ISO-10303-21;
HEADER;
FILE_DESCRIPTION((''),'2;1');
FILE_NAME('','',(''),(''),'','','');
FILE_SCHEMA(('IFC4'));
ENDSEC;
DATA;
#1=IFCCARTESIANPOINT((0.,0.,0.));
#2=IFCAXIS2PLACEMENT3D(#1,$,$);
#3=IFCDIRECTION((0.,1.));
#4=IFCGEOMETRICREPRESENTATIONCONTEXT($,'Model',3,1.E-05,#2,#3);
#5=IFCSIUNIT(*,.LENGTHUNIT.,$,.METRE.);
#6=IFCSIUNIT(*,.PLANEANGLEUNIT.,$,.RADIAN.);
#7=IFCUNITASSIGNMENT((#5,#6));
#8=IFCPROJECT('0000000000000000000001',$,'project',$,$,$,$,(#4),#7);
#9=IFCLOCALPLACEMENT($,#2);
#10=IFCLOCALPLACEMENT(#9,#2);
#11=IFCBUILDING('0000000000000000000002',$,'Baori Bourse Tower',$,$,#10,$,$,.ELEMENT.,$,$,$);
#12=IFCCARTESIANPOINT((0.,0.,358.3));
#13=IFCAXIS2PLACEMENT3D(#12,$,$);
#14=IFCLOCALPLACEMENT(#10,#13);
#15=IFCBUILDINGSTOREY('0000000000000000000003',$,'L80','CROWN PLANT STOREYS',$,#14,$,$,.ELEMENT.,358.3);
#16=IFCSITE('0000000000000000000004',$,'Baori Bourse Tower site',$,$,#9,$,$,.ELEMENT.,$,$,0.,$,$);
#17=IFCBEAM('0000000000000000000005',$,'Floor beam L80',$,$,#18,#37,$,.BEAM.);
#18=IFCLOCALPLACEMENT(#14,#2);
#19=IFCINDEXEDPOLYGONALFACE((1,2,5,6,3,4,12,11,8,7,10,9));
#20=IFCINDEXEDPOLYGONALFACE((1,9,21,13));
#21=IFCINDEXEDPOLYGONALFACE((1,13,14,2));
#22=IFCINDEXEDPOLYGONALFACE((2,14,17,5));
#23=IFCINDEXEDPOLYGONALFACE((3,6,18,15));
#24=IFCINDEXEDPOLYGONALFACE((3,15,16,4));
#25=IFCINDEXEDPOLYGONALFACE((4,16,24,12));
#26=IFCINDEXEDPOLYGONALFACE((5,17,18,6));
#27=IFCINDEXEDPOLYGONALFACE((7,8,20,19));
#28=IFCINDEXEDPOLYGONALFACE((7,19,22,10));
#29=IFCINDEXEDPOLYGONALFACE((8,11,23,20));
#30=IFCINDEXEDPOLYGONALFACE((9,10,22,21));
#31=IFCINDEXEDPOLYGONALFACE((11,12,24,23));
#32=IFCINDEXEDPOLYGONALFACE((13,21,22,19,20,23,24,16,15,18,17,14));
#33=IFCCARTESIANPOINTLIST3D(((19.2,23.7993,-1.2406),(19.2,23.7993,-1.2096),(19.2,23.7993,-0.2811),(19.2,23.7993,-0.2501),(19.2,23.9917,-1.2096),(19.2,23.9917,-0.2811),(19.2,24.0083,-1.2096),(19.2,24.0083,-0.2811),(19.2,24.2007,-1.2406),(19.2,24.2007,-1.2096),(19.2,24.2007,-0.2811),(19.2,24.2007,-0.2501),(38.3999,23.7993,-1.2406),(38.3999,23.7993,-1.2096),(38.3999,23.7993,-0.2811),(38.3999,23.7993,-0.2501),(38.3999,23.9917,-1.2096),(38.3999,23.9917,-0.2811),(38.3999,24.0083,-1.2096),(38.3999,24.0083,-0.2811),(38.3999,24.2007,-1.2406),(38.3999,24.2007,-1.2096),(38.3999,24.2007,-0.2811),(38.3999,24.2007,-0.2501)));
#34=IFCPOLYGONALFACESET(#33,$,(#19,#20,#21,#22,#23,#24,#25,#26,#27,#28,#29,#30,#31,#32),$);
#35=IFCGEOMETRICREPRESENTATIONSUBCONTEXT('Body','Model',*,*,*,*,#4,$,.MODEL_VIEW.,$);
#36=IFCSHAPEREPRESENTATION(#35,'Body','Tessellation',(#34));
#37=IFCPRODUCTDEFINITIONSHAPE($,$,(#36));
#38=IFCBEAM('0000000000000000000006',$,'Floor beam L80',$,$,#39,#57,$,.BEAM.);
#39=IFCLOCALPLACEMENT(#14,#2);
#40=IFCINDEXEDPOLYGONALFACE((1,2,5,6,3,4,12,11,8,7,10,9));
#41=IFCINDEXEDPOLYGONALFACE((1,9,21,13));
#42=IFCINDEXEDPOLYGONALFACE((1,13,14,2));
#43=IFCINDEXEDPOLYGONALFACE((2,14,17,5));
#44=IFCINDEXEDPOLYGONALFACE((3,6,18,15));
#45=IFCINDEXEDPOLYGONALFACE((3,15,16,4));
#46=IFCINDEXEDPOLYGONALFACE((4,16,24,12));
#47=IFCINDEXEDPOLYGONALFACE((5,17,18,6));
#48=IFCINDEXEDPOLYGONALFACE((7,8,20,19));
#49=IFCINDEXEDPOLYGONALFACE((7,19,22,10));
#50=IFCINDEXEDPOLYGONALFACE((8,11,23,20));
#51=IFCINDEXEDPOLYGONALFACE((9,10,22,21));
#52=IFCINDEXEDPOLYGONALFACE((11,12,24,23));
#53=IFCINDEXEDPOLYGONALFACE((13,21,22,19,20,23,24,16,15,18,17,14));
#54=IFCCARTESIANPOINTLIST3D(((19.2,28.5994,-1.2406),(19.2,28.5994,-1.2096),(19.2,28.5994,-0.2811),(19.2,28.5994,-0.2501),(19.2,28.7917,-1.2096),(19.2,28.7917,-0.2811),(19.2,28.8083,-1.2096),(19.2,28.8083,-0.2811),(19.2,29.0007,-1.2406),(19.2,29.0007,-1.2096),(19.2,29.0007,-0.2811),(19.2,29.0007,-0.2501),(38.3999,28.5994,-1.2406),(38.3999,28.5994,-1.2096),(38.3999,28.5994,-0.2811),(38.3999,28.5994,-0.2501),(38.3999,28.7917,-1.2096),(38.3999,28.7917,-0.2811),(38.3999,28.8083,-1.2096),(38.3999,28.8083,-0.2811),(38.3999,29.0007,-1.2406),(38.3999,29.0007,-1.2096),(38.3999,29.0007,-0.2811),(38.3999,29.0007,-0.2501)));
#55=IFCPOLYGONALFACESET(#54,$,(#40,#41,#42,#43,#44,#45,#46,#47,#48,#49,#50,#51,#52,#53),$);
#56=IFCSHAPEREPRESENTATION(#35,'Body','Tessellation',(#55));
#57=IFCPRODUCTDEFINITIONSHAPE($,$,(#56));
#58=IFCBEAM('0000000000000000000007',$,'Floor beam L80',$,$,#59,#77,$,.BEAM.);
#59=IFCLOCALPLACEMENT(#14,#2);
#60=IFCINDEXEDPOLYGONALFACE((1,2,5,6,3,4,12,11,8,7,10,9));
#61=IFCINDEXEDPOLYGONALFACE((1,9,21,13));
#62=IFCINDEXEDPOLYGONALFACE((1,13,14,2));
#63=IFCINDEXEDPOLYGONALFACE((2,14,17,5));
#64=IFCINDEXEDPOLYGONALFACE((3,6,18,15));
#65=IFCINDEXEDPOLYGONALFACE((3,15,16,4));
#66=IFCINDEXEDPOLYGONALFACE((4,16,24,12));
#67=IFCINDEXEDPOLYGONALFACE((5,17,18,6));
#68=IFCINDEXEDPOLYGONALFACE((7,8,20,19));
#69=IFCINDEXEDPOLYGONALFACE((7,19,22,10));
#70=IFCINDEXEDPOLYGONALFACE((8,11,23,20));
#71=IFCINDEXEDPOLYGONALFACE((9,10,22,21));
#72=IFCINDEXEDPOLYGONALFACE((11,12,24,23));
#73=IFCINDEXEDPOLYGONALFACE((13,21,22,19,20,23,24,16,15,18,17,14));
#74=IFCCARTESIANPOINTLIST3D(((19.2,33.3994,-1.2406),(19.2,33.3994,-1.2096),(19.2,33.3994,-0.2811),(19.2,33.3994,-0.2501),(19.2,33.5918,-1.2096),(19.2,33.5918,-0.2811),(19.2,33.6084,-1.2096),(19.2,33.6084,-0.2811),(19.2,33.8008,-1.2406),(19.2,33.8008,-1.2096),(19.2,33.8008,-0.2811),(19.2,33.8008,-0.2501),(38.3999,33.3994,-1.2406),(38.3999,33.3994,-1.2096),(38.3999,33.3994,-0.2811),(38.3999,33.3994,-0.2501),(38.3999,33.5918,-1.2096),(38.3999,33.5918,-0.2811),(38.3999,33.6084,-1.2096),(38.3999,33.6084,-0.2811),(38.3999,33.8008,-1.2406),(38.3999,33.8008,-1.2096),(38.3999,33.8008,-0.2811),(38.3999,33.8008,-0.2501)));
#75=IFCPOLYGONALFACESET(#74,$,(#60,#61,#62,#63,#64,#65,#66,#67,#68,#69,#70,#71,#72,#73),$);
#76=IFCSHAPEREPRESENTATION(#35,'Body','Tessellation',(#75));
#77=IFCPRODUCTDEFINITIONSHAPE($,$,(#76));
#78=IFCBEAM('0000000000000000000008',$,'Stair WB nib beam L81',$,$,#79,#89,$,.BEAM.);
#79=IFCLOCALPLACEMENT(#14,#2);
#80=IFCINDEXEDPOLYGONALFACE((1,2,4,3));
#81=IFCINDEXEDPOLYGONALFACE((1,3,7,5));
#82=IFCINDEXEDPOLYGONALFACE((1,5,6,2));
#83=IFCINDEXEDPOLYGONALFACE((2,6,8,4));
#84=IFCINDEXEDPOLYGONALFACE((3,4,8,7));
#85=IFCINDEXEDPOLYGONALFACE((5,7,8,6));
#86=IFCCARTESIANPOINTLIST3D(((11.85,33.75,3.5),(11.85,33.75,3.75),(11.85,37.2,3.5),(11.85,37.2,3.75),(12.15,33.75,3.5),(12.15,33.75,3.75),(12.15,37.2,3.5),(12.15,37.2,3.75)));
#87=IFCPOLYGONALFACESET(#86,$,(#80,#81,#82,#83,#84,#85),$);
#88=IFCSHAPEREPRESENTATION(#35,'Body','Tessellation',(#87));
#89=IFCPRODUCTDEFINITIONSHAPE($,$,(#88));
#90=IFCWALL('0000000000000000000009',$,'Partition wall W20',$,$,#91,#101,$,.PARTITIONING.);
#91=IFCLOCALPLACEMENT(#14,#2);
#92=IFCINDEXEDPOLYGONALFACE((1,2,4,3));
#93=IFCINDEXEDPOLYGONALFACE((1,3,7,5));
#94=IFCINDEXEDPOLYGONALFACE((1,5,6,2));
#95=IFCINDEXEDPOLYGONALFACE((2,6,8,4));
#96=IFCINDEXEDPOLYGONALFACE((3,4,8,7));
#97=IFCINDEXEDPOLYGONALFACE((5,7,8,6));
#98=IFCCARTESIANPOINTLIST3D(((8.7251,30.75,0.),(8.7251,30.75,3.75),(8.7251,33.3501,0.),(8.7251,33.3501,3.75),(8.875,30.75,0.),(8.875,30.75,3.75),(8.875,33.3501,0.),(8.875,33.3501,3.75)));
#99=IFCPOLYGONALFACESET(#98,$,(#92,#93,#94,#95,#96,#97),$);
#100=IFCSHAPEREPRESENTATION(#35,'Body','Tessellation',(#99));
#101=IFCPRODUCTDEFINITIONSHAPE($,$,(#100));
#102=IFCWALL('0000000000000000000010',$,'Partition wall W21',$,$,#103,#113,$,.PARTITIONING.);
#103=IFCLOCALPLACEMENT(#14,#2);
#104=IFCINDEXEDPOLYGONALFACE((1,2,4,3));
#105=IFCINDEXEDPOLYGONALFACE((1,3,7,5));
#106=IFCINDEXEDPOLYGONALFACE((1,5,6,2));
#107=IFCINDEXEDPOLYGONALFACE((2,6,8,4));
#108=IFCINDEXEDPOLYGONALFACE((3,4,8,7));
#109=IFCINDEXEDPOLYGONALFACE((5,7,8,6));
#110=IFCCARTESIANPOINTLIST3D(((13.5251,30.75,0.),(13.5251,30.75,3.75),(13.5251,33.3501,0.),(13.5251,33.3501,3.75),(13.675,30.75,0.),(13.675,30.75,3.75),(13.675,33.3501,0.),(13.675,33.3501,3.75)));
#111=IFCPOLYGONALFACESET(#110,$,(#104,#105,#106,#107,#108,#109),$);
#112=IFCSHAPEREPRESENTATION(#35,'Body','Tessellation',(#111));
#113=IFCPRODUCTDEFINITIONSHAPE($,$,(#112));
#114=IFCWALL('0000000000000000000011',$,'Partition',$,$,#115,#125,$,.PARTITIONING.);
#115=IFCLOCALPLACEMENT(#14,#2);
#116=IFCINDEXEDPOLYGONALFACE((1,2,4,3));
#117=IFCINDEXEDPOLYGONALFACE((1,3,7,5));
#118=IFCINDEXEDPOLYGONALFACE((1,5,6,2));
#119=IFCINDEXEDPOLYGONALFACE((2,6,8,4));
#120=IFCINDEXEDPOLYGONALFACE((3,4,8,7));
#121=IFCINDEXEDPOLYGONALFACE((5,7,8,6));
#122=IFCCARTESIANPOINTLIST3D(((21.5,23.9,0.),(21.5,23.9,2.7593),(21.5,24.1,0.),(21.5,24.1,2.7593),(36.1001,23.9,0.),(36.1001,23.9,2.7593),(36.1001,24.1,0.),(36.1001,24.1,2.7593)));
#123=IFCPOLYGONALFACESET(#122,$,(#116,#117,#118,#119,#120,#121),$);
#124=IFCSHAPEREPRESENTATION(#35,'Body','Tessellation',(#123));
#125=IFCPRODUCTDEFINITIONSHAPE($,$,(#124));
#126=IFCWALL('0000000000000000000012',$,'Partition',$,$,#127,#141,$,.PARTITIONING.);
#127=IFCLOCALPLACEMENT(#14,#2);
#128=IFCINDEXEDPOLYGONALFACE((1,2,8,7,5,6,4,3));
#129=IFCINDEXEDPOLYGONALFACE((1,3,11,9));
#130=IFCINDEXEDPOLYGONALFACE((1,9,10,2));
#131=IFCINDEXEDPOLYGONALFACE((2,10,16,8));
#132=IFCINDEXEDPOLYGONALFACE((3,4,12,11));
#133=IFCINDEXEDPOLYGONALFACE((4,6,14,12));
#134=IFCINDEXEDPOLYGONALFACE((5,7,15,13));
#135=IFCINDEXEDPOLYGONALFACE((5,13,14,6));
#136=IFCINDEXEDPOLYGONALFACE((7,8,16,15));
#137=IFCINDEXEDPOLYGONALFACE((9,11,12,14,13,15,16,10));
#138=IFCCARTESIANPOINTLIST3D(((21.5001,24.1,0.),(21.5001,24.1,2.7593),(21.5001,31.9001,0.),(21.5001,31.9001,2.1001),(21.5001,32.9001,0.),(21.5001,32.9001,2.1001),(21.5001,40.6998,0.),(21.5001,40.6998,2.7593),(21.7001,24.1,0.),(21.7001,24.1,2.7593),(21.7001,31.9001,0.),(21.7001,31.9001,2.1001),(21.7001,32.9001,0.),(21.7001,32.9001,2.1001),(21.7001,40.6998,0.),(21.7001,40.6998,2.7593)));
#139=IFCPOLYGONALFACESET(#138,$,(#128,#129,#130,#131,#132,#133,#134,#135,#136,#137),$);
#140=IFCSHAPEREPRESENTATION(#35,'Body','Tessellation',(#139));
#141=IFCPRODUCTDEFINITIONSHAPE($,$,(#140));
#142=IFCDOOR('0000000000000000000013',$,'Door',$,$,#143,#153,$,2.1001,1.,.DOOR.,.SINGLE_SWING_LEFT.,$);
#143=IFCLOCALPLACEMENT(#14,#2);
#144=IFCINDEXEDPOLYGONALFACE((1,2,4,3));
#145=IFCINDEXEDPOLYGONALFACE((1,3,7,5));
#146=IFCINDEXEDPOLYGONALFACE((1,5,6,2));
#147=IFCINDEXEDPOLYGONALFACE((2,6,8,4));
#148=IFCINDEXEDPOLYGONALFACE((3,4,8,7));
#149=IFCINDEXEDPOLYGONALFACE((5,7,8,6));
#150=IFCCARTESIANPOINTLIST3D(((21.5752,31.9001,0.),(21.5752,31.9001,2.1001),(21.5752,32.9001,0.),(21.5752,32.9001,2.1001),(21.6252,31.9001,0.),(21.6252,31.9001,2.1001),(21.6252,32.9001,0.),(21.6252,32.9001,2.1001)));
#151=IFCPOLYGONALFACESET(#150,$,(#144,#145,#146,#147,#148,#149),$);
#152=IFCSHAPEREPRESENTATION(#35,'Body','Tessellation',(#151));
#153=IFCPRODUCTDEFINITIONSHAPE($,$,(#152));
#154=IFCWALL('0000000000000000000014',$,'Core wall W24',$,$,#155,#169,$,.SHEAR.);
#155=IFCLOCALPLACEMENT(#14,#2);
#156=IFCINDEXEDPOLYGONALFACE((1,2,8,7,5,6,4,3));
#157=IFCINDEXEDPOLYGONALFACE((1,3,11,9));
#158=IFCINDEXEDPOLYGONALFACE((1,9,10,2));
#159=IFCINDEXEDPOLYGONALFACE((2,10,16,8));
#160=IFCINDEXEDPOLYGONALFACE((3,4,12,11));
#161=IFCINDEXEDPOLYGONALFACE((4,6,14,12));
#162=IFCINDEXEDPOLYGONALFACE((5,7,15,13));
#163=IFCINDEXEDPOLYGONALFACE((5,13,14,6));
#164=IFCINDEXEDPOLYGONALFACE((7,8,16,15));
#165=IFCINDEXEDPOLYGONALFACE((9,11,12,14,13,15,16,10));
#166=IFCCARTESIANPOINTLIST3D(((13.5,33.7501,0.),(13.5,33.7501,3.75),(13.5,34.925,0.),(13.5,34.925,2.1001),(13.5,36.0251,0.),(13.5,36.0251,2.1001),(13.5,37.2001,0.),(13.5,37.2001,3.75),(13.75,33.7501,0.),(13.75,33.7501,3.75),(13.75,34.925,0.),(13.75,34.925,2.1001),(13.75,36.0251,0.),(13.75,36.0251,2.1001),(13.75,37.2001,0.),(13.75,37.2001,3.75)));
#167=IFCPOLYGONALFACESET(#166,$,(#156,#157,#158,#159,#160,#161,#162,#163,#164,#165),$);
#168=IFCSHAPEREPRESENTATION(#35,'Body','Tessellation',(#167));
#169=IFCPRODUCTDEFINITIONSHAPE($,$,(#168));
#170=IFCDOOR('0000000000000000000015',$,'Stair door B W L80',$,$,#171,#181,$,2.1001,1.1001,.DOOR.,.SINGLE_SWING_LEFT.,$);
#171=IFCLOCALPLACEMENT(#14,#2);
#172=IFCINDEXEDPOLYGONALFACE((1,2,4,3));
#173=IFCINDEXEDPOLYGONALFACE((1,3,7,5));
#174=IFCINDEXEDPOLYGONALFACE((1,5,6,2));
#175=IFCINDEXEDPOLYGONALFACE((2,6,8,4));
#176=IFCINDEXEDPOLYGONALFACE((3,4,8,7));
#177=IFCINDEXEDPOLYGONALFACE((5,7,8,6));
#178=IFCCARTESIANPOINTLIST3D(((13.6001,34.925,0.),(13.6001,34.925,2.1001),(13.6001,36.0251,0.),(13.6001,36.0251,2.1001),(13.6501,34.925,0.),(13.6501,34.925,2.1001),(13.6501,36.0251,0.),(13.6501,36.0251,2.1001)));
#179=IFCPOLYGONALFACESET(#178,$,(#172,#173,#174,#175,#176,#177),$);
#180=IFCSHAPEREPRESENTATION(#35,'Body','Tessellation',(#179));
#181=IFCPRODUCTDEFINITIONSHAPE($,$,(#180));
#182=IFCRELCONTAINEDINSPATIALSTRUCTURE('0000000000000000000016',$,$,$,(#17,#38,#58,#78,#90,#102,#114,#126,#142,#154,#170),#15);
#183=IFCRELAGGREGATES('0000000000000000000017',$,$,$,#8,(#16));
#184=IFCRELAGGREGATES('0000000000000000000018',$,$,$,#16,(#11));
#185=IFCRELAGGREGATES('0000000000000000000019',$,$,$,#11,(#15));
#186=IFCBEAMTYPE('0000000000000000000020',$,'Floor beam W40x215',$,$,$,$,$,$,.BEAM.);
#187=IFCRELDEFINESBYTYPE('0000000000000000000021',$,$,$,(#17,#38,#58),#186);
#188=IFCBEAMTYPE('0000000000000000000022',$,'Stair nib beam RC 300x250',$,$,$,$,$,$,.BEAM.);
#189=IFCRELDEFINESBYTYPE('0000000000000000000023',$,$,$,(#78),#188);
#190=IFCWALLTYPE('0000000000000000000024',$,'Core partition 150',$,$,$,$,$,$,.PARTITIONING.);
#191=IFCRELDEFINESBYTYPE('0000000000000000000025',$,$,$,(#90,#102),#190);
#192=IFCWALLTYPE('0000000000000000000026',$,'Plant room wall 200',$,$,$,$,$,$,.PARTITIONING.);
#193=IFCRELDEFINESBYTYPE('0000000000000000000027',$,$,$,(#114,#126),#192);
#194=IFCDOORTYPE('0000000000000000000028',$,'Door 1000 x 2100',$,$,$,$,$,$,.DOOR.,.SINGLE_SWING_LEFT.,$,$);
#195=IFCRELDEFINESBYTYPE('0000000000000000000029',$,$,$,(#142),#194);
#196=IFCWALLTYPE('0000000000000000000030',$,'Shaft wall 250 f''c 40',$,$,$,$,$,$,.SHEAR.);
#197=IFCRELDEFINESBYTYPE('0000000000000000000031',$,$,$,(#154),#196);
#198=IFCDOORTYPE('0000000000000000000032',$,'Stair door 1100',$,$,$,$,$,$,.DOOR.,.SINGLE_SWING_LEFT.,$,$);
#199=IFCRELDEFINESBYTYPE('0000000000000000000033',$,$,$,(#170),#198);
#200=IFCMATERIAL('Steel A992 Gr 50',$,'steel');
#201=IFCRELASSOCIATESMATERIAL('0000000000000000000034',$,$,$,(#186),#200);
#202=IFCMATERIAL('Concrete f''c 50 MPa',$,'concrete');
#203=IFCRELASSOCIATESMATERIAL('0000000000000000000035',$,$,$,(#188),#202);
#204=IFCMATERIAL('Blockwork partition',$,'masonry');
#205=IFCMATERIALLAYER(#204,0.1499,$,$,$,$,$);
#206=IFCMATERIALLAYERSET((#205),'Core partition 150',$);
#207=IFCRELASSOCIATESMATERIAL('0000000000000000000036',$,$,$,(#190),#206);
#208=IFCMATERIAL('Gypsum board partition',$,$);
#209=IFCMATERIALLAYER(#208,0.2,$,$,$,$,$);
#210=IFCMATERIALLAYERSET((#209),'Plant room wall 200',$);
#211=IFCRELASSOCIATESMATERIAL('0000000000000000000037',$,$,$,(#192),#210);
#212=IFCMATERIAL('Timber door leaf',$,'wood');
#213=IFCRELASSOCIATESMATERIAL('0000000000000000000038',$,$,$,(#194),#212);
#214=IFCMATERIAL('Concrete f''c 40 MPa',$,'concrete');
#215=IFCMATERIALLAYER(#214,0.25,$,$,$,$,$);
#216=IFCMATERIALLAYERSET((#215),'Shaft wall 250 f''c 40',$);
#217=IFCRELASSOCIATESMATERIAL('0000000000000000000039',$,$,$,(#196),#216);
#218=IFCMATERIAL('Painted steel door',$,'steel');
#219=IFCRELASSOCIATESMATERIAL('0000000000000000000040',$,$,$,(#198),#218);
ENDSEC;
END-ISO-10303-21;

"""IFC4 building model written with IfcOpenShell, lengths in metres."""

from ifc_helpers import new_model, si_unit, direction, frame, frame_2d, origin, origin_2d, place, context, subcontext, project, spatial, rectangle, i_section, extrude, material, layer, layer_set, material_profile, profile_set, type_object, element, fill, save


model = new_model("IFC4")

# Units and contexts
model_context = context("Model", 3, precision=1e-05, world=origin(), true_north=direction((0.0, 1.0)))
body_context = subcontext(model_context, "Body", "Model", "MODEL_VIEW")
ifc_project = project(units=[si_unit("LENGTHUNIT", "METRE"), si_unit("PLANEANGLEUNIT", "RADIAN")], contexts=[model_context])

# Site, building, storey
site_placement = place(None, origin())
site = spatial("IfcSite", under=ifc_project, at=site_placement, Name="Baori Bourse Tower site", CompositionType="ELEMENT", RefElevation=0.0)
building_placement = place(site_placement, origin())
building = spatial("IfcBuilding", under=site, at=building_placement, Name="Baori Bourse Tower", CompositionType="ELEMENT")
storey_placement = place(building_placement, frame((0.0, 0.0, 358.3)))
storey = spatial("IfcBuildingStorey", under=building, at=storey_placement, Name="L80", Description="CROWN PLANT STOREYS", CompositionType="ELEMENT", Elevation=358.3)

# Beams
ifc_material_1 = material(Name="Steel A992 Gr 50", Category="steel")
ifc_material_profile_1 = material_profile(ifc_material_1, i_section(OverallWidth=0.4014, OverallDepth=0.9905, WebThickness=0.0166, FlangeThickness=0.031, at=origin_2d()), Name="W40x215")
ifc_profile_set_1 = profile_set([ifc_material_profile_1], Name="Steel A992 Gr 50")
beam_type_1 = type_object("IfcBeamType", Name="Floor beam W40x215", PredefinedType="BEAM", material=ifc_profile_set_1)
for number, where, z_axis, x_axis, name in (
    (1, (19.2, 24.0, -0.7454), (1.0, 0.0, 0.0), (0.0, 1.0, 0.0), "Floor beam L80"),
    (2, (19.2, 28.8, -0.7454), (1.0, 0.0, 0.0), (0.0, 1.0, 0.0), "Floor beam L80"),
    (3, (19.2, 33.6001, -0.7454), (1.0, 0.0, 0.0), (0.0, 1.0, 0.0), "Floor beam L80"),
):
    element("IfcBeam", number, at=place(storey_placement, frame(where, z_axis=z_axis, x_axis=x_axis)), inside=storey, type_object=beam_type_1, Name=name, PredefinedType="BEAM", context=body_context, shape_type="SweptSolid", body=[
        extrude(i_section(OverallWidth=0.4014, OverallDepth=0.9905, WebThickness=0.0166, FlangeThickness=0.031, at=origin_2d()), origin(), (0.0, 0.0, 1.0), 19.2),
    ])
ifc_material_2 = material(Name="Concrete f'c 50 MPa", Category="concrete")
ifc_material_profile_2 = material_profile(ifc_material_2, rectangle(XDim=0.3, YDim=0.25, at=origin_2d()), Name="RC 300x250")
ifc_profile_set_2 = profile_set([ifc_material_profile_2], Name="Concrete f'c 50 MPa")
beam_type_2 = type_object("IfcBeamType", Name="Stair nib beam RC 300x250", PredefinedType="BEAM", material=ifc_profile_set_2)
beam_placement = place(storey_placement, frame((12.0, 33.75, 3.625), z_axis=(0.0, 1.0, 0.0), x_axis=(-1.0, 0.0, 0.0)))
element("IfcBeam", 4, at=beam_placement, inside=storey, type_object=beam_type_2, Name="Stair WB nib beam L81", PredefinedType="BEAM", context=body_context, shape_type="SweptSolid", body=[
    extrude(rectangle(XDim=0.3, YDim=0.25, at=origin_2d()), origin(), (0.0, 0.0, 1.0), 3.45),
])

# Walls
ifc_material_3 = material(Name="Blockwork partition", Category="masonry")
ifc_layer_1 = layer(ifc_material_3, 0.1499)
ifc_layer_set_1 = layer_set([ifc_layer_1], Name="Core partition 150")
wall_type_1 = type_object("IfcWallType", Name="Core partition 150", PredefinedType="PARTITIONING", material=ifc_layer_set_1)
for number, where, z_axis, x_axis, name in (
    (5, (8.8, 30.75, 0.0), (0.0, 0.0, 1.0), (0.0, 1.0, 0.0), "Partition wall W20"),
    (6, (13.6001, 30.75, 0.0), (0.0, 0.0, 1.0), (0.0, 1.0, 0.0), "Partition wall W21"),
):
    element("IfcWall", number, at=place(storey_placement, frame(where, z_axis=z_axis, x_axis=x_axis)), inside=storey, type_object=wall_type_1, Name=name, PredefinedType="PARTITIONING", context=body_context, shape_type="SweptSolid", body=[
        extrude(rectangle(XDim=2.6001, YDim=0.1499, at=frame_2d((1.3, 0.0))), origin(), (0.0, 0.0, 1.0), 3.75),
    ])
ifc_material_4 = material(Name="Gypsum board partition")
ifc_layer_2 = layer(ifc_material_4, 0.2)
ifc_layer_set_2 = layer_set([ifc_layer_2], Name="Plant room wall 200")
wall_type_2 = type_object("IfcWallType", Name="Plant room wall 200", PredefinedType="PARTITIONING", material=ifc_layer_set_2)
wall_1_placement = place(storey_placement, frame((21.5, 24.0, 0.0), z_axis=(0.0, 0.0, 1.0), x_axis=(1.0, 0.0, 0.0)))
element("IfcWall", 7, at=wall_1_placement, inside=storey, type_object=wall_type_2, Name="Partition", PredefinedType="PARTITIONING", context=body_context, shape_type="SweptSolid", body=[
    extrude(rectangle(XDim=14.6001, YDim=0.2, at=frame_2d((7.3, 0.0))), origin(), (0.0, 0.0, 1.0), 2.7593),
])

# Walls, openings, doors
wall_2_placement = place(storey_placement, frame((21.6001, 24.1001, 0.0), z_axis=(0.0, 0.0, 1.0), x_axis=(0.0, 1.0, 0.0)))
wall_2 = element("IfcWall", 8, at=wall_2_placement, inside=storey, type_object=wall_type_2, Name="Partition", PredefinedType="PARTITIONING", context=body_context, shape_type="SweptSolid", body=[
    extrude(rectangle(XDim=16.5999, YDim=0.2, at=frame_2d((8.2998, 0.0))), origin(), (0.0, 0.0, 1.0), 2.7593),
])
opening_1_placement = place(wall_2_placement, frame((7.8, 0.0, 0.0)))
opening_1 = element("IfcOpeningElement", 9, at=opening_1_placement, cuts=wall_2, PredefinedType="OPENING", context=body_context, shape_type="SweptSolid", body=[
    extrude(rectangle(XDim=1.0, YDim=2.1001, at=frame_2d((0.5, 1.05))), frame((0.0, 0.1099, 0.0), z_axis=(0.0, -1.0, 0.0), x_axis=(1.0, 0.0, 0.0)), (0.0, 0.0, 1.0), 0.22),
])
ifc_material_5 = material(Name="Timber door leaf", Category="wood")
door_type_1 = type_object("IfcDoorType", Name="Door 1000 x 2100", OperationType="SINGLE_SWING_LEFT", PredefinedType="DOOR", material=ifc_material_5)
door_1_placement = place(opening_1_placement, origin())
door_1 = element("IfcDoor", 10, at=door_1_placement, inside=storey, type_object=door_type_1, Name="Door", OperationType="SINGLE_SWING_LEFT", OverallHeight=2.1001, OverallWidth=1.0, PredefinedType="DOOR", context=body_context, shape_type="SweptSolid", body=[
    extrude(rectangle(XDim=1.0, YDim=2.1001, at=frame_2d((0.5, 1.05))), frame((0.0, 0.0249, 0.0), z_axis=(0.0, -1.0, 0.0), x_axis=(1.0, 0.0, 0.0)), (0.0, 0.0, 1.0), 0.05),
])
fill(opening_1, door_1)
ifc_material_6 = material(Name="Concrete f'c 40 MPa", Category="concrete")
ifc_layer_3 = layer(ifc_material_6, 0.25)
ifc_layer_set_3 = layer_set([ifc_layer_3], Name="Shaft wall 250 f'c 40")
wall_type_3 = type_object("IfcWallType", Name="Shaft wall 250 f'c 40", PredefinedType="SHEAR", material=ifc_layer_set_3)
wall_3_placement = place(storey_placement, frame((13.625, 33.75, 0.0), z_axis=(0.0, 0.0, 1.0), x_axis=(0.0, 1.0, 0.0)))
wall_3 = element("IfcWall", 11, at=wall_3_placement, inside=storey, type_object=wall_type_3, Name="Core wall W24", PredefinedType="SHEAR", context=body_context, shape_type="SweptSolid", body=[
    extrude(rectangle(XDim=3.45, YDim=0.25, at=frame_2d((1.7251, 0.0))), origin(), (0.0, 0.0, 1.0), 3.75),
])
opening_2_placement = place(wall_3_placement, frame((1.175, 0.0, 0.0)))
opening_2 = element("IfcOpeningElement", 12, at=opening_2_placement, cuts=wall_3, PredefinedType="OPENING", context=body_context, shape_type="SweptSolid", body=[
    extrude(rectangle(XDim=1.1001, YDim=2.1001, at=frame_2d((0.55, 1.05))), frame((0.0, 0.135, 0.0), z_axis=(0.0, -1.0, 0.0), x_axis=(1.0, 0.0, 0.0)), (0.0, 0.0, 1.0), 0.27),
])
ifc_material_7 = material(Name="Painted steel door", Category="steel")
door_type_2 = type_object("IfcDoorType", Name="Stair door 1100", OperationType="SINGLE_SWING_LEFT", PredefinedType="DOOR", material=ifc_material_7)
door_2_placement = place(opening_2_placement, origin())
door_2 = element("IfcDoor", 13, at=door_2_placement, inside=storey, type_object=door_type_2, Name="Stair door B W L80", OperationType="SINGLE_SWING_LEFT", OverallHeight=2.1001, OverallWidth=1.1001, PredefinedType="DOOR", context=body_context, shape_type="SweptSolid", body=[
    extrude(rectangle(XDim=1.1001, YDim=2.1001, at=frame_2d((0.55, 1.05))), frame((0.0, 0.0249, 0.0), z_axis=(0.0, -1.0, 0.0), x_axis=(1.0, 0.0, 0.0)), (0.0, 0.0, 1.0), 0.05),
])
fill(opening_2, door_2)

save(model, "model.ifc")
